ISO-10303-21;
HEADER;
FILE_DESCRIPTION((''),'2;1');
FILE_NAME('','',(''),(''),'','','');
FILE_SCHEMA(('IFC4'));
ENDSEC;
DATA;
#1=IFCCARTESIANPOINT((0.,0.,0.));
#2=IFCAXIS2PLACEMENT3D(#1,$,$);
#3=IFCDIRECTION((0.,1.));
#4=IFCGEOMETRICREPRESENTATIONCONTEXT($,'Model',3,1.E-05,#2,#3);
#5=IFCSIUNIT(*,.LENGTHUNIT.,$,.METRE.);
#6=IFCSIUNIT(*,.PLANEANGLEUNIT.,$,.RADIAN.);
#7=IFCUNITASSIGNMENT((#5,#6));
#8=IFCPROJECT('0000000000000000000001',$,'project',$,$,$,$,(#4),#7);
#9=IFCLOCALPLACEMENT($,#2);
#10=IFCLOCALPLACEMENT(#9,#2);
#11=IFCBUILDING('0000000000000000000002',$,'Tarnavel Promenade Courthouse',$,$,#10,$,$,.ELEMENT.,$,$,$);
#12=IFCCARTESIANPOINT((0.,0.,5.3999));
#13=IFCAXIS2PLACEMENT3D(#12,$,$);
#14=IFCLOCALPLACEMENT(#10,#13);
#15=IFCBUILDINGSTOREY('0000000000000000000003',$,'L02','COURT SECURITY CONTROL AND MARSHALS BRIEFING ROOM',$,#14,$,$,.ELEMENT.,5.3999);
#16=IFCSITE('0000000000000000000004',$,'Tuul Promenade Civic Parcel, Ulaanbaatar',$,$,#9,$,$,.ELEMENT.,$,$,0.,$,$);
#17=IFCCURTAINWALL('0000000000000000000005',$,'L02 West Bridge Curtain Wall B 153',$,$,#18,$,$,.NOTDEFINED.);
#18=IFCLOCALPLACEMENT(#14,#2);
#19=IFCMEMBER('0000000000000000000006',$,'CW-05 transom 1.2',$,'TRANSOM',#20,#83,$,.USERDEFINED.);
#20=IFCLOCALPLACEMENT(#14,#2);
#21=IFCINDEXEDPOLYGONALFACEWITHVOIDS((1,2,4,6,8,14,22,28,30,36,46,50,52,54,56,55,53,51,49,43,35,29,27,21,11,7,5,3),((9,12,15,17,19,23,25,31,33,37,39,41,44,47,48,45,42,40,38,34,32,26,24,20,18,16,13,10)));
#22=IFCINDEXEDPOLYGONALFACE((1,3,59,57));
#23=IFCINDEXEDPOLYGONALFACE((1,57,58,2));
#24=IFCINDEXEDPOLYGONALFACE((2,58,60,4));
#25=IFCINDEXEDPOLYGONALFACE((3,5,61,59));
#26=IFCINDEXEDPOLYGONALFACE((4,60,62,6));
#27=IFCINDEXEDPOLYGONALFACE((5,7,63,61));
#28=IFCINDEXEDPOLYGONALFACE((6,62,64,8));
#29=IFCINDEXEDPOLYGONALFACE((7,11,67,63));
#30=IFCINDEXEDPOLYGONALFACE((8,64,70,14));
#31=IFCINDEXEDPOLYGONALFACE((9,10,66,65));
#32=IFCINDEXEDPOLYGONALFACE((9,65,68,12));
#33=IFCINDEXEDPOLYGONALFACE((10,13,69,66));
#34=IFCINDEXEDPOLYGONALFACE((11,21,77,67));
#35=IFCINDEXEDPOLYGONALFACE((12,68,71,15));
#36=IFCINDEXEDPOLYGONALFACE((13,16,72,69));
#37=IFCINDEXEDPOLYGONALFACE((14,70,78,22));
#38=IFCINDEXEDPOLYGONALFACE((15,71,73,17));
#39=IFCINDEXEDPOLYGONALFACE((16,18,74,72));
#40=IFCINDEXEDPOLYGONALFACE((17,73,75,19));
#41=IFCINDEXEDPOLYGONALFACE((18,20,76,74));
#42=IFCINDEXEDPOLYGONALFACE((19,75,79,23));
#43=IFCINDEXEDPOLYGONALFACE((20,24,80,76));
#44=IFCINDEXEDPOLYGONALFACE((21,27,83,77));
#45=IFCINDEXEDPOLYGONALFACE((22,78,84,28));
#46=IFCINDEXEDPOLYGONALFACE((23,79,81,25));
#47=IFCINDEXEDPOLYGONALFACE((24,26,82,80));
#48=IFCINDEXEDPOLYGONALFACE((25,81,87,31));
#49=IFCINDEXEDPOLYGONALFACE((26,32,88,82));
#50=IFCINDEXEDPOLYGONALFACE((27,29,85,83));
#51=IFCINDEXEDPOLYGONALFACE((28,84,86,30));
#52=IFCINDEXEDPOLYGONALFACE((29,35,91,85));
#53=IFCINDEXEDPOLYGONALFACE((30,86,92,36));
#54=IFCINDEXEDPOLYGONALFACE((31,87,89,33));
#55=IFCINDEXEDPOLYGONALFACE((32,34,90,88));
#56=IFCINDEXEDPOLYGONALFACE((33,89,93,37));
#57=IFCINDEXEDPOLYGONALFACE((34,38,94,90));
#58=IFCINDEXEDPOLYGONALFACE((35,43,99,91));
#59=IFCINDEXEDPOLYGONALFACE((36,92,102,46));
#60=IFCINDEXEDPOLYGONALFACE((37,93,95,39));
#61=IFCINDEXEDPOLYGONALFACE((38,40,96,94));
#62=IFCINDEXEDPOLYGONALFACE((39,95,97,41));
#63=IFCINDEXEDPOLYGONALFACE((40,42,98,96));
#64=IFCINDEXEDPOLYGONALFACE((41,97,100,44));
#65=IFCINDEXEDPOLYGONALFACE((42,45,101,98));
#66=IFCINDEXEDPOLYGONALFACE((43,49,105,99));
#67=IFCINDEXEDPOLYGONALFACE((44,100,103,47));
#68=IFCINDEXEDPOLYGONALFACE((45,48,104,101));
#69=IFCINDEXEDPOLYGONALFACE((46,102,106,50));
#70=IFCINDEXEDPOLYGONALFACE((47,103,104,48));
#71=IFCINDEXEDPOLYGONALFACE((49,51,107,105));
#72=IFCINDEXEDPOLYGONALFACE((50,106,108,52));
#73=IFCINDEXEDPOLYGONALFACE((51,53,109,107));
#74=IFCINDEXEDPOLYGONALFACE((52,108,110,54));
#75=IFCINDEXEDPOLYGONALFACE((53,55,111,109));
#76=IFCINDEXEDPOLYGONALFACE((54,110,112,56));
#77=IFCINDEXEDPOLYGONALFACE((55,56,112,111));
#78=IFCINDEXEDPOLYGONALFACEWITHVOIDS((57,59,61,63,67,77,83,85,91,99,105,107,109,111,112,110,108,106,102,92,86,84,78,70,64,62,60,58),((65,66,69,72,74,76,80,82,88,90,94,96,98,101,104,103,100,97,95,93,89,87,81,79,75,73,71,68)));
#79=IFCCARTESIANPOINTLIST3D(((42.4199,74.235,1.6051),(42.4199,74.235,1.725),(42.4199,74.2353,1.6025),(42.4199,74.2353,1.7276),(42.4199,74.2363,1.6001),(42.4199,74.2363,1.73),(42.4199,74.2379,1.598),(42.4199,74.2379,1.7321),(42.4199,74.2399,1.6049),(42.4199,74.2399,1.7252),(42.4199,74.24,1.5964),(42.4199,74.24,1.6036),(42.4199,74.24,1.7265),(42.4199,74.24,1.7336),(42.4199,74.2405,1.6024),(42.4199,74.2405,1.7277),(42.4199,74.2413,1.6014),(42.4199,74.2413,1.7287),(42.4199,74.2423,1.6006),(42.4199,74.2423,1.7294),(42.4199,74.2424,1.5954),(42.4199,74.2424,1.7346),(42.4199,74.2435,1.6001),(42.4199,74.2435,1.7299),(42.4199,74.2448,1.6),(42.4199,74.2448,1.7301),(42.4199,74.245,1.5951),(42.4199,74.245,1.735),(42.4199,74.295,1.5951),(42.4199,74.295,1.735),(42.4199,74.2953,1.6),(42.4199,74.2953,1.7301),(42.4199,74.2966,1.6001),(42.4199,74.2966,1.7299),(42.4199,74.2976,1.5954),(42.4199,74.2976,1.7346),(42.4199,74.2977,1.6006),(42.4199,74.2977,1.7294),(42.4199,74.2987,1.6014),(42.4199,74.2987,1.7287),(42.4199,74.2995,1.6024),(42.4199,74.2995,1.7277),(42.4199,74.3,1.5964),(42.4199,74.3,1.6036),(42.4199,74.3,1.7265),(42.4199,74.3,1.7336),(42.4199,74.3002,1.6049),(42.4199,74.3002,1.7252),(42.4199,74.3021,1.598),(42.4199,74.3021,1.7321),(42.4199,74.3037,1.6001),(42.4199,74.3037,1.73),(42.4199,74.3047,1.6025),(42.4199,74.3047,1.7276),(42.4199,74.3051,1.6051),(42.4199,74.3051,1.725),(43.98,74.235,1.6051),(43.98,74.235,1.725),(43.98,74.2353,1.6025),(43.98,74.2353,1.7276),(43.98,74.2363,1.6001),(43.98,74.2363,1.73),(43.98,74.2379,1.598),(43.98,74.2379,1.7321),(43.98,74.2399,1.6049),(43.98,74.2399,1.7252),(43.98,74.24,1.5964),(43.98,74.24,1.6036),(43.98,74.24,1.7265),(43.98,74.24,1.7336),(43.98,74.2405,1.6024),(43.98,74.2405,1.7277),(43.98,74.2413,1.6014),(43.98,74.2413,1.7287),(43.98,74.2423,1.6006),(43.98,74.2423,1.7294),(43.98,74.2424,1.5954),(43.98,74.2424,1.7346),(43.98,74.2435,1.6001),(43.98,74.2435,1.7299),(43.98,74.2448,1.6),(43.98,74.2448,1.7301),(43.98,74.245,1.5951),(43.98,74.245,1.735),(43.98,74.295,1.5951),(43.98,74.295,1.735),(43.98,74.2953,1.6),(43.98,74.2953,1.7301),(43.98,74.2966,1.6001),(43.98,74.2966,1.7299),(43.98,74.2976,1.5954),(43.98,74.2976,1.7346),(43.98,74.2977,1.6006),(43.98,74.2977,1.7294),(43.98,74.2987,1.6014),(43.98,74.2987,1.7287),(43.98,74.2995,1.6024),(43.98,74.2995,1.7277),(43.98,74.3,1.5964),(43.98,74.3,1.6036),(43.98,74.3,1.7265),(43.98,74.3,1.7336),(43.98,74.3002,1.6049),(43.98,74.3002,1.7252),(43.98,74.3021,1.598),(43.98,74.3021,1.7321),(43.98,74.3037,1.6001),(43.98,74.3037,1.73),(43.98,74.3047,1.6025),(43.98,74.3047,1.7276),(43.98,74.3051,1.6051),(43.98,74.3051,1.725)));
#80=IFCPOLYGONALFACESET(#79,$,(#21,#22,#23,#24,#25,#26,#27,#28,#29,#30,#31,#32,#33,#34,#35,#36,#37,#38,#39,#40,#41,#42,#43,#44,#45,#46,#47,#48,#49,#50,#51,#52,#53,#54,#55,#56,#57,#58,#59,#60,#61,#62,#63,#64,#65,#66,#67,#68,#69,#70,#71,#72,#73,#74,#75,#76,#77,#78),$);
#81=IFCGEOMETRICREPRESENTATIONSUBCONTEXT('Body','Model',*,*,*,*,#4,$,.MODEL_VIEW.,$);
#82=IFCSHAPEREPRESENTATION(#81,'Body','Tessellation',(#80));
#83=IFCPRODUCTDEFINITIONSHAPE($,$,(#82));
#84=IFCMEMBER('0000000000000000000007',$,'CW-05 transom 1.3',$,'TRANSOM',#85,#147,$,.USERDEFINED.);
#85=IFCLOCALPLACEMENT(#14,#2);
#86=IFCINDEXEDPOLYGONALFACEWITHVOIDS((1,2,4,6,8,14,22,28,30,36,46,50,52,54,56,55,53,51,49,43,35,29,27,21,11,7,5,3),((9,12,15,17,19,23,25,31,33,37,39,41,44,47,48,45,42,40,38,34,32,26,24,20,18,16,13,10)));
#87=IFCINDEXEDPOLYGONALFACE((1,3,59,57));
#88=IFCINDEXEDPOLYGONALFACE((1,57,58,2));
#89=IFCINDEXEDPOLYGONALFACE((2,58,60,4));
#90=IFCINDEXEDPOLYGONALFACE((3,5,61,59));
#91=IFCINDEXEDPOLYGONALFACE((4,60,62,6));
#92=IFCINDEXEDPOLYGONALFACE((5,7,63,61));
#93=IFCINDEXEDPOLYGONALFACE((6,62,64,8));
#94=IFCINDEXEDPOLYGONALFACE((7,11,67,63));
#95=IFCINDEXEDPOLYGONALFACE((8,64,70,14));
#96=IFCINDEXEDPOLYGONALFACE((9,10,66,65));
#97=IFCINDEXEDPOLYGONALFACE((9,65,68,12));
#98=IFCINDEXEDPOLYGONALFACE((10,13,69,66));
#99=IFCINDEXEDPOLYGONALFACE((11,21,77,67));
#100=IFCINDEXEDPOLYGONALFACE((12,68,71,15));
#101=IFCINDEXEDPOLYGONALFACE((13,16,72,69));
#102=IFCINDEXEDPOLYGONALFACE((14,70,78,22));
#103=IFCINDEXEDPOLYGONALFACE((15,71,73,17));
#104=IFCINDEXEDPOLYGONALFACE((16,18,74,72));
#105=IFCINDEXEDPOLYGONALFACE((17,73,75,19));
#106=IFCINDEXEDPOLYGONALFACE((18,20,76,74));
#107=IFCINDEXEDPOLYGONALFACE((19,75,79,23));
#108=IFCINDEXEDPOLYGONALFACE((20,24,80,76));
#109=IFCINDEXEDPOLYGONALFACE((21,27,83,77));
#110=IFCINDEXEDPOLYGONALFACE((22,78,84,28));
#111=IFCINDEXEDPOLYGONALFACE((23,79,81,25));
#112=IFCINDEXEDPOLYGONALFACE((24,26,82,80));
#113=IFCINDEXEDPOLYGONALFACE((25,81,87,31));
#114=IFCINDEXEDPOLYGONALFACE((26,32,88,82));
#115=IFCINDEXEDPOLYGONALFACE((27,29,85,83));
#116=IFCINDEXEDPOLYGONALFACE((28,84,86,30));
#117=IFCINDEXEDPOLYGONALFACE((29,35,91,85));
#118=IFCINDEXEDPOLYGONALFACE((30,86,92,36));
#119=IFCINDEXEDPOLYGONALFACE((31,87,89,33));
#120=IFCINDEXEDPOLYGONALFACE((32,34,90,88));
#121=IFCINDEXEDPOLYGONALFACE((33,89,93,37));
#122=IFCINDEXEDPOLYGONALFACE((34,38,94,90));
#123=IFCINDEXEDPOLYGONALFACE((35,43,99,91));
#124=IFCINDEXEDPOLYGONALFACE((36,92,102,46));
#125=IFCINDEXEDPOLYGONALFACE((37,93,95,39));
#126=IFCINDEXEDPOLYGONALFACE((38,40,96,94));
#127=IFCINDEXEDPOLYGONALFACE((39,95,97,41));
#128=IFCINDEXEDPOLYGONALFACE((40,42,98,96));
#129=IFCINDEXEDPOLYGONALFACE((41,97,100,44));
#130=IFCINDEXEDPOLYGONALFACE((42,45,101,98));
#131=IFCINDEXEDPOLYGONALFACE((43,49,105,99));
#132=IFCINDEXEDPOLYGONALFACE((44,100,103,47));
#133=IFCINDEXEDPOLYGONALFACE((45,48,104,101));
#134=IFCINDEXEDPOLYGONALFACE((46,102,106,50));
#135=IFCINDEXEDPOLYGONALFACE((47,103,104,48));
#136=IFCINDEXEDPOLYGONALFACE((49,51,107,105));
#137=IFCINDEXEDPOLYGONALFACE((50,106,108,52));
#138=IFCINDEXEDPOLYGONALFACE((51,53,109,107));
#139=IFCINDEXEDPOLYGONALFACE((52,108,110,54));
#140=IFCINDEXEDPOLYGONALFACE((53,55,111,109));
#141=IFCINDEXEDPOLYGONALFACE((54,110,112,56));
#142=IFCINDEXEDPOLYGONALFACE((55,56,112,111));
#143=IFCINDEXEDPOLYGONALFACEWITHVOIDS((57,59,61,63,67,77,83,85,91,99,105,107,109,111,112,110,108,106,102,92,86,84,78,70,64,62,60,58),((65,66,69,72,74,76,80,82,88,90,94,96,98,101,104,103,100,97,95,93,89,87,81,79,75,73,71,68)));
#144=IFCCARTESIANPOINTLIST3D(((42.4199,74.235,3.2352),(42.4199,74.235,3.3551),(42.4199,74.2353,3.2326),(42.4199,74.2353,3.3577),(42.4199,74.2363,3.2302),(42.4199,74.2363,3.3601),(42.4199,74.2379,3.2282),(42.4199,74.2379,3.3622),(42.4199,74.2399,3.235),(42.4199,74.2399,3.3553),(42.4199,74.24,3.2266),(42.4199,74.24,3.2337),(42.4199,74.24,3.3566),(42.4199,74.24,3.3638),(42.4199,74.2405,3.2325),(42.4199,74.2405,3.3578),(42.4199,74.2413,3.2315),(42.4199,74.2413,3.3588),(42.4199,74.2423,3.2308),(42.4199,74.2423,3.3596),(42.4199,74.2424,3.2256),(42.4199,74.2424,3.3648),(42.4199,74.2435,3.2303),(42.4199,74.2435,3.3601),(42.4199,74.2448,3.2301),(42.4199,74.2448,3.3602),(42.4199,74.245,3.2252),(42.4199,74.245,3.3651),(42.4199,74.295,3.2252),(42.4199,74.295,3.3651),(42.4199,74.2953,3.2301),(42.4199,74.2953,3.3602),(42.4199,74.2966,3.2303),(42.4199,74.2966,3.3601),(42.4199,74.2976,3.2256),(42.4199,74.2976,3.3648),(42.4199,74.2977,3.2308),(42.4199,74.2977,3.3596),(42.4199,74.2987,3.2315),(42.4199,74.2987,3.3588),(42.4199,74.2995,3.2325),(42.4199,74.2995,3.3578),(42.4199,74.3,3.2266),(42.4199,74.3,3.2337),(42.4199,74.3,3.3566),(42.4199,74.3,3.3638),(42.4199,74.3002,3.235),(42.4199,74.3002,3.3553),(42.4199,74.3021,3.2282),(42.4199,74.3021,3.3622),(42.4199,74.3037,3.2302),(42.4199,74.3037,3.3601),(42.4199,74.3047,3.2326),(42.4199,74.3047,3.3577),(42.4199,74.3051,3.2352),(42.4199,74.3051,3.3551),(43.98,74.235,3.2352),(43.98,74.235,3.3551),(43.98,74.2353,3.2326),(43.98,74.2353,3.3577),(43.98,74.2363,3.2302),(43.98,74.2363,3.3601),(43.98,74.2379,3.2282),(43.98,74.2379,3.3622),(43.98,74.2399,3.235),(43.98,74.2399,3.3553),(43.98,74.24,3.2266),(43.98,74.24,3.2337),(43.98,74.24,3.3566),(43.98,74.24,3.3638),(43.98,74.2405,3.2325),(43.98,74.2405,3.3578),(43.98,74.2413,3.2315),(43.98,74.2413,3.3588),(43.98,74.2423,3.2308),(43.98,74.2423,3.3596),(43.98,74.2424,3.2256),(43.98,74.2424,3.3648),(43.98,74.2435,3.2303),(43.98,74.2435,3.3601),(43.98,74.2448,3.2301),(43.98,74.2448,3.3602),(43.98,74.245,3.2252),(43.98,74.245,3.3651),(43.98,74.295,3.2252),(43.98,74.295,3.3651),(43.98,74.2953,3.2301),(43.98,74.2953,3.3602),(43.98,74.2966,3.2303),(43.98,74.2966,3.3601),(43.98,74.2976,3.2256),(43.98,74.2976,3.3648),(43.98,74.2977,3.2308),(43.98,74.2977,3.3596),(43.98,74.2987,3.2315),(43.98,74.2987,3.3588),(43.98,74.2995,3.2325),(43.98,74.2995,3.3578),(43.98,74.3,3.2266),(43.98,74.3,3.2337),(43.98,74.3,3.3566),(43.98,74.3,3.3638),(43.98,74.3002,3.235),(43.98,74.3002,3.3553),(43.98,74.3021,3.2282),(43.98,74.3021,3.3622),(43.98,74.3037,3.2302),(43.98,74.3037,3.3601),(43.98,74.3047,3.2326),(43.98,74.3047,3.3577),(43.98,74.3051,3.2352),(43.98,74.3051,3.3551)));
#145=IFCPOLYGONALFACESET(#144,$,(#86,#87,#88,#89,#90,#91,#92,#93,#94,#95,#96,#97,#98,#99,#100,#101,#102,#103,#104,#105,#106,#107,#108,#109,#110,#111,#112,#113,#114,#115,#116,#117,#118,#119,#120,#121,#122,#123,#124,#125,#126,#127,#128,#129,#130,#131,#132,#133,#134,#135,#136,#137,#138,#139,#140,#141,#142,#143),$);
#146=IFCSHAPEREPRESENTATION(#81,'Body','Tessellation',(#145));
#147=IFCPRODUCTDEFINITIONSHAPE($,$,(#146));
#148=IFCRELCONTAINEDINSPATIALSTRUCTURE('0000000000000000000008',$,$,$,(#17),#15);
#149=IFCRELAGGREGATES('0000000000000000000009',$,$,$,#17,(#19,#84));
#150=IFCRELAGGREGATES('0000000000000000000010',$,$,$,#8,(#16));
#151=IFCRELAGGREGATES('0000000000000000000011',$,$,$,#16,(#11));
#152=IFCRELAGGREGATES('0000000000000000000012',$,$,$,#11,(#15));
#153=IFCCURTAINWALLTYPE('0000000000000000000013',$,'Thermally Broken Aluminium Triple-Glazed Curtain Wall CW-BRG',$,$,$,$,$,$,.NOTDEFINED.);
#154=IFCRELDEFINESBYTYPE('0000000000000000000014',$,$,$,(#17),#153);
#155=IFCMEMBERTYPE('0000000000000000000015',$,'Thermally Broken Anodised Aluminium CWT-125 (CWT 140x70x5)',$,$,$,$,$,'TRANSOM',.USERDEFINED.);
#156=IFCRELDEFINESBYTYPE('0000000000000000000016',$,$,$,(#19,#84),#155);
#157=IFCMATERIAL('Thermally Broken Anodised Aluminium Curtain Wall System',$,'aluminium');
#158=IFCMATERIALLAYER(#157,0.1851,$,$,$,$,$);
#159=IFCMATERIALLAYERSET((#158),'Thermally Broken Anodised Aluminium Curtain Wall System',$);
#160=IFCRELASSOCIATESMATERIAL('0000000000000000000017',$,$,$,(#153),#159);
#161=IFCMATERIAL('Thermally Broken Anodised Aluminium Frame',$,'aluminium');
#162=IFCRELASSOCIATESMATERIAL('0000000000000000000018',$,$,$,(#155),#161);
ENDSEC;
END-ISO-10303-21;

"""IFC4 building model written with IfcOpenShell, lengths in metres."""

from ifc_helpers import new_model, si_unit, direction, frame, origin, origin_2d, place, context, subcontext, project, spatial, hollow_rectangle, extrude, material, layer, layer_set, material_profile, profile_set, type_object, element, aggregate, save


model = new_model("IFC4")

# Units and contexts
model_context = context("Model", 3, precision=1e-05, world=origin(), true_north=direction((0.0, 1.0)))
body_context = subcontext(model_context, "Body", "Model", "MODEL_VIEW")
ifc_project = project(units=[si_unit("LENGTHUNIT", "METRE"), si_unit("PLANEANGLEUNIT", "RADIAN")], contexts=[model_context])

# Site, building, storey
site_placement = place(None, origin())
site = spatial("IfcSite", under=ifc_project, at=site_placement, Name="Tuul Promenade Civic Parcel, Ulaanbaatar", CompositionType="ELEMENT", RefElevation=0.0)
building_placement = place(site_placement, origin())
building = spatial("IfcBuilding", under=site, at=building_placement, Name="Tarnavel Promenade Courthouse", CompositionType="ELEMENT")
storey_placement = place(building_placement, frame((0.0, 0.0, 5.3999)))
storey = spatial("IfcBuildingStorey", under=building, at=storey_placement, Name="L02", Description="COURT SECURITY CONTROL AND MARSHALS BRIEFING ROOM", CompositionType="ELEMENT", Elevation=5.3999)

# Shared definitions
ifc_material_1 = material(Name="Thermally Broken Anodised Aluminium Curtain Wall System", Category="aluminium")
ifc_layer_1 = layer(ifc_material_1, 0.1851)
ifc_layer_set_1 = layer_set([ifc_layer_1], Name="Thermally Broken Anodised Aluminium Curtain Wall System")
curtain_wall_type = type_object("IfcCurtainWallType", Name="Thermally Broken Aluminium Triple-Glazed Curtain Wall CW-BRG", PredefinedType="NOTDEFINED", material=ifc_layer_set_1)
ifc_material_2 = material(Name="Thermally Broken Anodised Aluminium Frame", Category="aluminium")

# Curtain wall
curtain_wall_1_placement = place(storey_placement, origin())
curtain_wall_1 = element("IfcCurtainWall", 1, at=curtain_wall_1_placement, inside=storey, type_object=curtain_wall_type, Name="L02 West Bridge Curtain Wall B 153", PredefinedType="NOTDEFINED")

# Members
ifc_material_profile_1 = material_profile(ifc_material_2, hollow_rectangle(XDim=0.0701, YDim=0.1399, WallThickness=0.0049, InnerFilletRadius=0.0049, OuterFilletRadius=0.01, at=origin_2d()), Name="CWT 140x70x5")
ifc_profile_set_1 = profile_set([ifc_material_profile_1], Name="Thermally Broken Anodised Aluminium Frame")
member_type_1 = type_object("IfcMemberType", Name="Thermally Broken Anodised Aluminium CWT-125 (CWT 140x70x5)", ElementType="TRANSOM", PredefinedType="USERDEFINED", material=ifc_profile_set_1)
member_1_placement = place(storey_placement, frame((42.4199, 74.27, 1.665), z_axis=(1.0, 0.0, 0.0), x_axis=(0.0, 1.0, 0.0)))
member_1 = element("IfcMember", 2, at=member_1_placement, type_object=member_type_1, Name="CW-05 transom 1.2", ObjectType="TRANSOM", PredefinedType="USERDEFINED", context=body_context, shape_type="SweptSolid", body=[
    extrude(hollow_rectangle(XDim=0.0701, YDim=0.1399, WallThickness=0.0049, InnerFilletRadius=0.0049, OuterFilletRadius=0.01, at=origin_2d()), origin(), (0.0, 0.0, 1.0), 1.5601),
])
member_2_placement = place(storey_placement, frame((42.4199, 74.27, 3.2952), z_axis=(1.0, 0.0, 0.0), x_axis=(0.0, 1.0, 0.0)))
member_2 = element("IfcMember", 3, at=member_2_placement, type_object=member_type_1, Name="CW-05 transom 1.3", ObjectType="TRANSOM", PredefinedType="USERDEFINED", context=body_context, shape_type="SweptSolid", body=[
    extrude(hollow_rectangle(XDim=0.0701, YDim=0.1399, WallThickness=0.0049, InnerFilletRadius=0.0049, OuterFilletRadius=0.01, at=origin_2d()), origin(), (0.0, 0.0, 1.0), 1.5601),
])

aggregate(curtain_wall_1, [member_1, member_2])

save(model, "model.ifc")
